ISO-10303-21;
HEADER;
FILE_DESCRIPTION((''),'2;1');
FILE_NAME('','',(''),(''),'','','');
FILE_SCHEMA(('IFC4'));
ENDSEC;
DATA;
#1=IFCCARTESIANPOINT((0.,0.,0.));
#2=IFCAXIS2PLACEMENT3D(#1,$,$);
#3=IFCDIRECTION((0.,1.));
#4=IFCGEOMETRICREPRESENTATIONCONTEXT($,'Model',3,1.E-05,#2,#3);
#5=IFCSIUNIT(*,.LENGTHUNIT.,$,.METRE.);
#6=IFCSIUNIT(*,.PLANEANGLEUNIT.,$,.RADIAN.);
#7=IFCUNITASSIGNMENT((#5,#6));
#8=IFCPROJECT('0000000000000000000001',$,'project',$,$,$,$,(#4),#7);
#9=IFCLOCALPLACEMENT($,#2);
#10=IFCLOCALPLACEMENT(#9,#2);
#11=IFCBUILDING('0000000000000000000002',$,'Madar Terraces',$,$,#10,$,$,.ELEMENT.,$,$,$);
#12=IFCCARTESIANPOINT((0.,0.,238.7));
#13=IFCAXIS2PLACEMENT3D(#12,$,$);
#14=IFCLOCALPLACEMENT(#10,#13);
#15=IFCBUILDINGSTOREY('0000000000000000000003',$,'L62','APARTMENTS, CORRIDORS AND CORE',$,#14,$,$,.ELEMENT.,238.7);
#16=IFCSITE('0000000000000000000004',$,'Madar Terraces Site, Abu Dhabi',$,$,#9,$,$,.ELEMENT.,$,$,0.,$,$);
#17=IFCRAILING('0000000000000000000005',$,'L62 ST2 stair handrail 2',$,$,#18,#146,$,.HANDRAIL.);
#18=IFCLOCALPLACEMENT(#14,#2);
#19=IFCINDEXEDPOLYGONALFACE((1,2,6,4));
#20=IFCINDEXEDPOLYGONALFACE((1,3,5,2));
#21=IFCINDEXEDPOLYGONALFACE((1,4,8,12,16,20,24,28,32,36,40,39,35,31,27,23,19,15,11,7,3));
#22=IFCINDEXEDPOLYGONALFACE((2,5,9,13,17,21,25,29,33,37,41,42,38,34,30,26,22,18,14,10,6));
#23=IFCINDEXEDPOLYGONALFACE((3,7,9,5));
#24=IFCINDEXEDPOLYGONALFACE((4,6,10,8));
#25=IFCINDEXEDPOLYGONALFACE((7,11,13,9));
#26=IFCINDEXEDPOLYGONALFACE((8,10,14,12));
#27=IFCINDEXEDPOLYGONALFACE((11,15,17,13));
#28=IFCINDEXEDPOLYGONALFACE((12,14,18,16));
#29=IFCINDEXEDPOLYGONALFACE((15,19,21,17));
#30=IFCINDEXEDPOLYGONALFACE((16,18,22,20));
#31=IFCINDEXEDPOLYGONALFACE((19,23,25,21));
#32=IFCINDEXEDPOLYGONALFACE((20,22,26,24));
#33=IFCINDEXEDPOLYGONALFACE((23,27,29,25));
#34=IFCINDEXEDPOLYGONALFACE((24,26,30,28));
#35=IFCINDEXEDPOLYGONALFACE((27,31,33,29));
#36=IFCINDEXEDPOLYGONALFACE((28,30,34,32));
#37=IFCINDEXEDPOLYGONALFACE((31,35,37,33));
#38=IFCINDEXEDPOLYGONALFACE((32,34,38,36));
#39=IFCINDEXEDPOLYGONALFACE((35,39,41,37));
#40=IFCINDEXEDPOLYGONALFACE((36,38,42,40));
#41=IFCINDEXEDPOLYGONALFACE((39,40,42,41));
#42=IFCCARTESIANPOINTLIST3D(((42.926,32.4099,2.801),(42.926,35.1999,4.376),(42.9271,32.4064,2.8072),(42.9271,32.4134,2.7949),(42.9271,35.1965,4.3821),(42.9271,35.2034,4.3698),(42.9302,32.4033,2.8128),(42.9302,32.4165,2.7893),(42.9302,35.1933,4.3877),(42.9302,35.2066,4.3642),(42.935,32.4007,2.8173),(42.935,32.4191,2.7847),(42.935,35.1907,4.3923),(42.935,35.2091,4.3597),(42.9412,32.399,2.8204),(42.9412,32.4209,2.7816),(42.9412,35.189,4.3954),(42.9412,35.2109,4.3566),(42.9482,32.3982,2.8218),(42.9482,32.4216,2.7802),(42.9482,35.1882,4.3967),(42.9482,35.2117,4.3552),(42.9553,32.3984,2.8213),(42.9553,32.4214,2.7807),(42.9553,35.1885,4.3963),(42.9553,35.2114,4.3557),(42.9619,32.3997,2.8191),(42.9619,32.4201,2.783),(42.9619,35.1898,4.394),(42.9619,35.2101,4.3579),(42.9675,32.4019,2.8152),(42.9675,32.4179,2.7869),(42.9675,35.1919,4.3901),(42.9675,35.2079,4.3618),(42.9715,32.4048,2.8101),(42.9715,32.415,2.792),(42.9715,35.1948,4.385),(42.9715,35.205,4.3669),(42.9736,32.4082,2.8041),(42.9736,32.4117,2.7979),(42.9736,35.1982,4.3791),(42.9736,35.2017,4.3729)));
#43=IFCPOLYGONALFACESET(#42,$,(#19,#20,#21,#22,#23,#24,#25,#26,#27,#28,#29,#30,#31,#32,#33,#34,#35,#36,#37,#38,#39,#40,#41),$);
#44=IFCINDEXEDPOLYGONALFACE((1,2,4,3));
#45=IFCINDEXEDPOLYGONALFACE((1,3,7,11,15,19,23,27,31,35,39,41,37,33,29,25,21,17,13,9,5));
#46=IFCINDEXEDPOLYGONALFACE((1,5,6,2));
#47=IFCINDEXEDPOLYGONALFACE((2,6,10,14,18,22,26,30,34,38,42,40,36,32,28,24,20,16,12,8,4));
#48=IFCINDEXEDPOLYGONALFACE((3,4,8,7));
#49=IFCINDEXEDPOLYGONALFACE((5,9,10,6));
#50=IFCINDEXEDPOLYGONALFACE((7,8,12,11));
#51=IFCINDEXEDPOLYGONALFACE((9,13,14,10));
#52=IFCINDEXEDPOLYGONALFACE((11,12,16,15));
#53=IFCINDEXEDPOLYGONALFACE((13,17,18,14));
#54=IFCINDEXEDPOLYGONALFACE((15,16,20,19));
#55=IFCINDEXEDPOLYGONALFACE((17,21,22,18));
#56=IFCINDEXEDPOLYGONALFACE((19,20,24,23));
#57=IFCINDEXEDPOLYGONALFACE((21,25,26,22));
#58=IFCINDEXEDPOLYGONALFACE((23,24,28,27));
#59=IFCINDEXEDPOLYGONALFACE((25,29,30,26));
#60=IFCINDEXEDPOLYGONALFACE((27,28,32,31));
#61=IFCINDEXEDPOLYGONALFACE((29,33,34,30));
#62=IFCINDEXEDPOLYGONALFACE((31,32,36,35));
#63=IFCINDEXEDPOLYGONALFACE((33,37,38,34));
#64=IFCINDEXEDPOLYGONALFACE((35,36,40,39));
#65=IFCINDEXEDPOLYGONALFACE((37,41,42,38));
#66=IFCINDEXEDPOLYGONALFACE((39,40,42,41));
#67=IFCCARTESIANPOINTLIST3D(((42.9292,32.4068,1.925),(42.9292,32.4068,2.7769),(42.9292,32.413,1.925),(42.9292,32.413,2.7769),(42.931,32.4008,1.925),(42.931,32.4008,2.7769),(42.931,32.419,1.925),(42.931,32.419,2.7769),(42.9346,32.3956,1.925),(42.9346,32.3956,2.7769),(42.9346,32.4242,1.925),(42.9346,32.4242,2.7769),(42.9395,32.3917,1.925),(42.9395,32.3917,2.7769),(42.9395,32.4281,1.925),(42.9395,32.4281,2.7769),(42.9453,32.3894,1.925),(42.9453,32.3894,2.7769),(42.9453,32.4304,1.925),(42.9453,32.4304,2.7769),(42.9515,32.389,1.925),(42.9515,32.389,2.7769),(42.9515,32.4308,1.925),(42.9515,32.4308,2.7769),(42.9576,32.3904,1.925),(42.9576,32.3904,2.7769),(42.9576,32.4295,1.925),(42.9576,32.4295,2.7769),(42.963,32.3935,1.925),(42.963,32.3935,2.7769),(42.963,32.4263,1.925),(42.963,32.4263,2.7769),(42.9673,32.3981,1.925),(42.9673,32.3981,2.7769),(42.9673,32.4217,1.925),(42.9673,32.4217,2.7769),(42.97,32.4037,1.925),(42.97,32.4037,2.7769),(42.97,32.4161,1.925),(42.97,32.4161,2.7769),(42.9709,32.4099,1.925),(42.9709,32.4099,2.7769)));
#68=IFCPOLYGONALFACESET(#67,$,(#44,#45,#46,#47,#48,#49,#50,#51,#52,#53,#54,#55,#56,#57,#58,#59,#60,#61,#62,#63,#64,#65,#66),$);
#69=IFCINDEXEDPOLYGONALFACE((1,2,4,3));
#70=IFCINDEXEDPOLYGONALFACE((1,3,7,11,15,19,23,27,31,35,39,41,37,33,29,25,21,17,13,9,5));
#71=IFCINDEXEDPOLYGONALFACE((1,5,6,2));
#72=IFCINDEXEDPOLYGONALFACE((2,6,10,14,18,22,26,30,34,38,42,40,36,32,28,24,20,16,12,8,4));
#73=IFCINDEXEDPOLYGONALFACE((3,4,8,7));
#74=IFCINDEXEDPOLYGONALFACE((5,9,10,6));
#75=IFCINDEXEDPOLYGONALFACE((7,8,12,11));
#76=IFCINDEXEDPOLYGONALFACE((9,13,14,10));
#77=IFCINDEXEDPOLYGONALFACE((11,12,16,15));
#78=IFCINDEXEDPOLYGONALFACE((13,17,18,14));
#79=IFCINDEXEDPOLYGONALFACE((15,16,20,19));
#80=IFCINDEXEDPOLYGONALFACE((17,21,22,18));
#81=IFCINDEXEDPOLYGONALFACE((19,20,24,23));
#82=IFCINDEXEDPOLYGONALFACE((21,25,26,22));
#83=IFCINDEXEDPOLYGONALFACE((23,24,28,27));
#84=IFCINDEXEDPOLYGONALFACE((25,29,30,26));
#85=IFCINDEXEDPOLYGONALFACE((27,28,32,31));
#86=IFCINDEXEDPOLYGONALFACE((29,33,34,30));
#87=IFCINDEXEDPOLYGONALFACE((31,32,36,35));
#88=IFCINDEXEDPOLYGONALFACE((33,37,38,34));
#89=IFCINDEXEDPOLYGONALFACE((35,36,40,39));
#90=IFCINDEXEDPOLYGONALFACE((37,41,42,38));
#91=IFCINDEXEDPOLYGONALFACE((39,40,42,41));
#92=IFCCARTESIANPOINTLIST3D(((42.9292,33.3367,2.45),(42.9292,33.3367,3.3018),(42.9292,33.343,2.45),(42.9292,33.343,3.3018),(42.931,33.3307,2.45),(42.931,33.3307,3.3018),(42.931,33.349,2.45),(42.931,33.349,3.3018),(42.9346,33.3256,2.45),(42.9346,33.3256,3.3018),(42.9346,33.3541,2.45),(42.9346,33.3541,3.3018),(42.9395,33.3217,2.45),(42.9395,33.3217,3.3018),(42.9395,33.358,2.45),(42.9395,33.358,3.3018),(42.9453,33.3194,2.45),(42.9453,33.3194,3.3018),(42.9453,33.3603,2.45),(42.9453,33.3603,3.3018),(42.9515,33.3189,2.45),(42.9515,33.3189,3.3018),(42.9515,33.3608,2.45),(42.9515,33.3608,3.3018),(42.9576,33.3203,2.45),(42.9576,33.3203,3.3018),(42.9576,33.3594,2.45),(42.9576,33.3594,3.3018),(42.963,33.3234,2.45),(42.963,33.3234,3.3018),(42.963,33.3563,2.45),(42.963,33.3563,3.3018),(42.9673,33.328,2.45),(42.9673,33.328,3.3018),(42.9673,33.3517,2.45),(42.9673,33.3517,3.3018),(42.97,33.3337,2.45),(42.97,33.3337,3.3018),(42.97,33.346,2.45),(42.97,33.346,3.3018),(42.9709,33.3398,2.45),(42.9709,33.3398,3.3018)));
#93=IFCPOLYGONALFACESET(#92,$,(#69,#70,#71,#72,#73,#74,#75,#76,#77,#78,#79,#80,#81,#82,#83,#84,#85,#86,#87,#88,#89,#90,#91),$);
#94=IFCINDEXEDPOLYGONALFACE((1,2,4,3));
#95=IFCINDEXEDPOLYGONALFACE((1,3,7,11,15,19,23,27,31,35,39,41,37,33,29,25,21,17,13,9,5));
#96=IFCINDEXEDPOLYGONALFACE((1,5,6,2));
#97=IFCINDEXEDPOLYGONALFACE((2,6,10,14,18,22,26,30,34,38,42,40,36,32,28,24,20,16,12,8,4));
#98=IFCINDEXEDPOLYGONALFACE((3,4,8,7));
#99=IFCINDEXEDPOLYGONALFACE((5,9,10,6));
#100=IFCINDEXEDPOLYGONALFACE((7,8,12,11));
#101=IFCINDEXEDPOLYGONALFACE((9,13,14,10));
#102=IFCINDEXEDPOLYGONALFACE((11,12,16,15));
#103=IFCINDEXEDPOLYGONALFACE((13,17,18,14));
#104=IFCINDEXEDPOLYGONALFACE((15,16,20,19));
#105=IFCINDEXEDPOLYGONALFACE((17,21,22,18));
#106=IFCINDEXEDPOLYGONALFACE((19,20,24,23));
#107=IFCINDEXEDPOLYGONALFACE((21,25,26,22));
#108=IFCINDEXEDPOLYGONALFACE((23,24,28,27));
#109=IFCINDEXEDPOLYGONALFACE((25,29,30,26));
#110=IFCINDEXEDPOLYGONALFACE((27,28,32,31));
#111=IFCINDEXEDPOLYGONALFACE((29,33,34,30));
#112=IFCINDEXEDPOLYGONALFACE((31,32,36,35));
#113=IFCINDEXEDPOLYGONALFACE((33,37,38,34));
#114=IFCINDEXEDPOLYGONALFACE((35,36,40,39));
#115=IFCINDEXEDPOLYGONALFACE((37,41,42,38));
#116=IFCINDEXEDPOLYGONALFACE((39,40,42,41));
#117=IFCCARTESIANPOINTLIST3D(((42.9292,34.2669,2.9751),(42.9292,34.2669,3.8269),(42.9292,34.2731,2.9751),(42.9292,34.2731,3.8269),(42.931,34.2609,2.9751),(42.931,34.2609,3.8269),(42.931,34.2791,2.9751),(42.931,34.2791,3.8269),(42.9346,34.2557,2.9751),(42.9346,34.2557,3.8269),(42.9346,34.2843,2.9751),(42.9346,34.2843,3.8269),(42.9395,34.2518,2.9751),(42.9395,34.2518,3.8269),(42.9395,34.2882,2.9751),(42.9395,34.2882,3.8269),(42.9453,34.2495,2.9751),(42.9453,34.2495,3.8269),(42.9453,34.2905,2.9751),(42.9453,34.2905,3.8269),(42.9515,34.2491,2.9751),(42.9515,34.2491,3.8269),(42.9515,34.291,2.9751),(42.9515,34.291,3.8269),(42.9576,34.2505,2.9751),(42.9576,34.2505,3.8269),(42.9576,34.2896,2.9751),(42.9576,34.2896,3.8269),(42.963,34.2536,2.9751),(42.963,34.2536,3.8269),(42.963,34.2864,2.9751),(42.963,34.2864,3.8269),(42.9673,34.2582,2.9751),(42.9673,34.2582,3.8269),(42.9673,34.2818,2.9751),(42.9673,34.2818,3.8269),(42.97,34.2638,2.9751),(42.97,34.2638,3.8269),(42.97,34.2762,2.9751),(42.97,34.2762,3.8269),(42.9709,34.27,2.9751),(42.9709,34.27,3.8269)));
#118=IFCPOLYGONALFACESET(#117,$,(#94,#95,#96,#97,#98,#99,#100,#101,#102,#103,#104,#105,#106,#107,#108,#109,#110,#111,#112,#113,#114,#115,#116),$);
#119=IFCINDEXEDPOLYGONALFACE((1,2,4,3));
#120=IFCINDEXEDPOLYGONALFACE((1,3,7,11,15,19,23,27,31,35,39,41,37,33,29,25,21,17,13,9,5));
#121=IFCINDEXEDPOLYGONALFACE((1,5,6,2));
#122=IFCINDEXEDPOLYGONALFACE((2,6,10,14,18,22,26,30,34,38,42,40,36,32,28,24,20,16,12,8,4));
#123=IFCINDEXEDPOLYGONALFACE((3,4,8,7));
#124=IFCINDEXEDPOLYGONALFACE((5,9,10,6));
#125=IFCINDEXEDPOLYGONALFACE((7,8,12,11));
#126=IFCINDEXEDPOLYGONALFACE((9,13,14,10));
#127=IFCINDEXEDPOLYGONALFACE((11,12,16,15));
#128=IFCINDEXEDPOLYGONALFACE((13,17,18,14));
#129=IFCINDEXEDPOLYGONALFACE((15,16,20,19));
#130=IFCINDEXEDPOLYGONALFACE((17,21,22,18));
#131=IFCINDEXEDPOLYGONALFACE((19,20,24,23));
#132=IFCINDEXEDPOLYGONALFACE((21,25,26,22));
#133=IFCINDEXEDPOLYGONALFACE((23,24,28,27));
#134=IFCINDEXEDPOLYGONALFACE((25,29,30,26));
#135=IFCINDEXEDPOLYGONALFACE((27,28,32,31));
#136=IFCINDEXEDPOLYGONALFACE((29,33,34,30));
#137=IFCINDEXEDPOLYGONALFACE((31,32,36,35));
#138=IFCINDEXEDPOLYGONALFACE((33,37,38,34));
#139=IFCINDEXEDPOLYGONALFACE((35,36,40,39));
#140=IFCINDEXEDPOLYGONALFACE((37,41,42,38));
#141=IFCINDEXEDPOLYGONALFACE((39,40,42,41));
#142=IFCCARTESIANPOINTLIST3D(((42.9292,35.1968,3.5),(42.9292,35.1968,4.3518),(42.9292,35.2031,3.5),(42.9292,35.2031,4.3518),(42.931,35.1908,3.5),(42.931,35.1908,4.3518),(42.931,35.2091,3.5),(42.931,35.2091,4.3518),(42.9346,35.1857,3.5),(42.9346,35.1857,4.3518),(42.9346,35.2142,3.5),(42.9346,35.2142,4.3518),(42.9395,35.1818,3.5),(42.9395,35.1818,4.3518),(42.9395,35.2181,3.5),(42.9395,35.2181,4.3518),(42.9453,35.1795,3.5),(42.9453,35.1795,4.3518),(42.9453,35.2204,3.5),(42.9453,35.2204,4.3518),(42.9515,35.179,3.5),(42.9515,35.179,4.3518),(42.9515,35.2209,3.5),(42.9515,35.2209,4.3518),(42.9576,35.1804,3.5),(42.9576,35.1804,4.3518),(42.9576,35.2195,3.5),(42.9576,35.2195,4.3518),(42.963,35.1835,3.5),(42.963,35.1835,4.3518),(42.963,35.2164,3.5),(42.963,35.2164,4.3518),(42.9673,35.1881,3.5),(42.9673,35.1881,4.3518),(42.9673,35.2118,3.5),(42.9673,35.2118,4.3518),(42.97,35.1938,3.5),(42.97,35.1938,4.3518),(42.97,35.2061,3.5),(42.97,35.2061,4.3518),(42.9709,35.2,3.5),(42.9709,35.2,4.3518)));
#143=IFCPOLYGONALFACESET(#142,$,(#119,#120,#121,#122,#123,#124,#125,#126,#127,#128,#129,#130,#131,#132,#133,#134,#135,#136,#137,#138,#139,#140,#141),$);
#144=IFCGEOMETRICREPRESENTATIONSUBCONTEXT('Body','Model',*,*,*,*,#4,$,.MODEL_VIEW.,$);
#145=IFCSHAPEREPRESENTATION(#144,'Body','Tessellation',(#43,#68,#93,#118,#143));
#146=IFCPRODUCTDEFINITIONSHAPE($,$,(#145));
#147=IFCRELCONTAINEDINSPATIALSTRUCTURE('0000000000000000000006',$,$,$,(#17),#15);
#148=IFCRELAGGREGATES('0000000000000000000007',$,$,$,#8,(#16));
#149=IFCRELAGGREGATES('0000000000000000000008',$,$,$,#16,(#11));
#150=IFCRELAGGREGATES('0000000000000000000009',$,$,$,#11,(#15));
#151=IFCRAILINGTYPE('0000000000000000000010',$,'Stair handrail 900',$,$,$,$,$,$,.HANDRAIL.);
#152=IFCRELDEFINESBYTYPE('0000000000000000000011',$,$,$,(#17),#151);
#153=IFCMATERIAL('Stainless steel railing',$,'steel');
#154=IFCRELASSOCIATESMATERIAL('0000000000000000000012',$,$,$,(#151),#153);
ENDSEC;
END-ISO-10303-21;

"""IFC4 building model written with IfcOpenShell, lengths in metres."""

from ifc_helpers import new_model, si_unit, direction, frame, origin, origin_2d, place, context, subcontext, project, spatial, circle, extrude, material, type_object, element, save


model = new_model("IFC4")

# Units and contexts
model_context = context("Model", 3, precision=1e-05, world=origin(), true_north=direction((0.0, 1.0)))
body_context = subcontext(model_context, "Body", "Model", "MODEL_VIEW")
ifc_project = project(units=[si_unit("LENGTHUNIT", "METRE"), si_unit("PLANEANGLEUNIT", "RADIAN")], contexts=[model_context])

# Site, building, storey
site_placement = place(None, origin())
site = spatial("IfcSite", under=ifc_project, at=site_placement, Name="Madar Terraces Site, Abu Dhabi", CompositionType="ELEMENT", RefElevation=0.0)
building_placement = place(site_placement, origin())
building = spatial("IfcBuilding", under=site, at=building_placement, Name="Madar Terraces", CompositionType="ELEMENT")
storey_placement = place(building_placement, frame((0.0, 0.0, 238.7)))
storey = spatial("IfcBuildingStorey", under=building, at=storey_placement, Name="L62", Description="APARTMENTS, CORRIDORS AND CORE", CompositionType="ELEMENT", Elevation=238.7)

# Railing
ifc_material_1 = material(Name="Stainless steel railing", Category="steel")
railing_type_1 = type_object("IfcRailingType", Name="Stair handrail 900", PredefinedType="HANDRAIL", material=ifc_material_1)
railing_1_placement = place(storey_placement, frame((42.95, 32.4099, 1.925)))
element("IfcRailing", 1, at=railing_1_placement, inside=storey, type_object=railing_type_1, Name="L62 ST2 stair handrail 2", PredefinedType="HANDRAIL", context=body_context, shape_type="SweptSolid", body=[
    extrude(circle(Radius=0.0239, at=origin_2d()), frame((0.0, 0.0, 0.876), z_axis=(0.0, 0.870834, 0.491578), x_axis=(-1.0, 0.0, 0.0)), (0.0, 0.0, 1.0), 3.2039),
    extrude(circle(Radius=0.021, at=origin_2d()), origin(), (0.0, 0.0, 1.0), 0.8518),
    extrude(circle(Radius=0.021, at=origin_2d()), frame((0.0, 0.9299, 0.5249)), (0.0, 0.0, 1.0), 0.8518),
    extrude(circle(Radius=0.021, at=origin_2d()), frame((0.0, 1.8601, 1.05)), (0.0, 0.0, 1.0), 0.8518),
    extrude(circle(Radius=0.021, at=origin_2d()), frame((0.0, 2.79, 1.575)), (0.0, 0.0, 1.0), 0.8518),
])

save(model, "model.ifc")
